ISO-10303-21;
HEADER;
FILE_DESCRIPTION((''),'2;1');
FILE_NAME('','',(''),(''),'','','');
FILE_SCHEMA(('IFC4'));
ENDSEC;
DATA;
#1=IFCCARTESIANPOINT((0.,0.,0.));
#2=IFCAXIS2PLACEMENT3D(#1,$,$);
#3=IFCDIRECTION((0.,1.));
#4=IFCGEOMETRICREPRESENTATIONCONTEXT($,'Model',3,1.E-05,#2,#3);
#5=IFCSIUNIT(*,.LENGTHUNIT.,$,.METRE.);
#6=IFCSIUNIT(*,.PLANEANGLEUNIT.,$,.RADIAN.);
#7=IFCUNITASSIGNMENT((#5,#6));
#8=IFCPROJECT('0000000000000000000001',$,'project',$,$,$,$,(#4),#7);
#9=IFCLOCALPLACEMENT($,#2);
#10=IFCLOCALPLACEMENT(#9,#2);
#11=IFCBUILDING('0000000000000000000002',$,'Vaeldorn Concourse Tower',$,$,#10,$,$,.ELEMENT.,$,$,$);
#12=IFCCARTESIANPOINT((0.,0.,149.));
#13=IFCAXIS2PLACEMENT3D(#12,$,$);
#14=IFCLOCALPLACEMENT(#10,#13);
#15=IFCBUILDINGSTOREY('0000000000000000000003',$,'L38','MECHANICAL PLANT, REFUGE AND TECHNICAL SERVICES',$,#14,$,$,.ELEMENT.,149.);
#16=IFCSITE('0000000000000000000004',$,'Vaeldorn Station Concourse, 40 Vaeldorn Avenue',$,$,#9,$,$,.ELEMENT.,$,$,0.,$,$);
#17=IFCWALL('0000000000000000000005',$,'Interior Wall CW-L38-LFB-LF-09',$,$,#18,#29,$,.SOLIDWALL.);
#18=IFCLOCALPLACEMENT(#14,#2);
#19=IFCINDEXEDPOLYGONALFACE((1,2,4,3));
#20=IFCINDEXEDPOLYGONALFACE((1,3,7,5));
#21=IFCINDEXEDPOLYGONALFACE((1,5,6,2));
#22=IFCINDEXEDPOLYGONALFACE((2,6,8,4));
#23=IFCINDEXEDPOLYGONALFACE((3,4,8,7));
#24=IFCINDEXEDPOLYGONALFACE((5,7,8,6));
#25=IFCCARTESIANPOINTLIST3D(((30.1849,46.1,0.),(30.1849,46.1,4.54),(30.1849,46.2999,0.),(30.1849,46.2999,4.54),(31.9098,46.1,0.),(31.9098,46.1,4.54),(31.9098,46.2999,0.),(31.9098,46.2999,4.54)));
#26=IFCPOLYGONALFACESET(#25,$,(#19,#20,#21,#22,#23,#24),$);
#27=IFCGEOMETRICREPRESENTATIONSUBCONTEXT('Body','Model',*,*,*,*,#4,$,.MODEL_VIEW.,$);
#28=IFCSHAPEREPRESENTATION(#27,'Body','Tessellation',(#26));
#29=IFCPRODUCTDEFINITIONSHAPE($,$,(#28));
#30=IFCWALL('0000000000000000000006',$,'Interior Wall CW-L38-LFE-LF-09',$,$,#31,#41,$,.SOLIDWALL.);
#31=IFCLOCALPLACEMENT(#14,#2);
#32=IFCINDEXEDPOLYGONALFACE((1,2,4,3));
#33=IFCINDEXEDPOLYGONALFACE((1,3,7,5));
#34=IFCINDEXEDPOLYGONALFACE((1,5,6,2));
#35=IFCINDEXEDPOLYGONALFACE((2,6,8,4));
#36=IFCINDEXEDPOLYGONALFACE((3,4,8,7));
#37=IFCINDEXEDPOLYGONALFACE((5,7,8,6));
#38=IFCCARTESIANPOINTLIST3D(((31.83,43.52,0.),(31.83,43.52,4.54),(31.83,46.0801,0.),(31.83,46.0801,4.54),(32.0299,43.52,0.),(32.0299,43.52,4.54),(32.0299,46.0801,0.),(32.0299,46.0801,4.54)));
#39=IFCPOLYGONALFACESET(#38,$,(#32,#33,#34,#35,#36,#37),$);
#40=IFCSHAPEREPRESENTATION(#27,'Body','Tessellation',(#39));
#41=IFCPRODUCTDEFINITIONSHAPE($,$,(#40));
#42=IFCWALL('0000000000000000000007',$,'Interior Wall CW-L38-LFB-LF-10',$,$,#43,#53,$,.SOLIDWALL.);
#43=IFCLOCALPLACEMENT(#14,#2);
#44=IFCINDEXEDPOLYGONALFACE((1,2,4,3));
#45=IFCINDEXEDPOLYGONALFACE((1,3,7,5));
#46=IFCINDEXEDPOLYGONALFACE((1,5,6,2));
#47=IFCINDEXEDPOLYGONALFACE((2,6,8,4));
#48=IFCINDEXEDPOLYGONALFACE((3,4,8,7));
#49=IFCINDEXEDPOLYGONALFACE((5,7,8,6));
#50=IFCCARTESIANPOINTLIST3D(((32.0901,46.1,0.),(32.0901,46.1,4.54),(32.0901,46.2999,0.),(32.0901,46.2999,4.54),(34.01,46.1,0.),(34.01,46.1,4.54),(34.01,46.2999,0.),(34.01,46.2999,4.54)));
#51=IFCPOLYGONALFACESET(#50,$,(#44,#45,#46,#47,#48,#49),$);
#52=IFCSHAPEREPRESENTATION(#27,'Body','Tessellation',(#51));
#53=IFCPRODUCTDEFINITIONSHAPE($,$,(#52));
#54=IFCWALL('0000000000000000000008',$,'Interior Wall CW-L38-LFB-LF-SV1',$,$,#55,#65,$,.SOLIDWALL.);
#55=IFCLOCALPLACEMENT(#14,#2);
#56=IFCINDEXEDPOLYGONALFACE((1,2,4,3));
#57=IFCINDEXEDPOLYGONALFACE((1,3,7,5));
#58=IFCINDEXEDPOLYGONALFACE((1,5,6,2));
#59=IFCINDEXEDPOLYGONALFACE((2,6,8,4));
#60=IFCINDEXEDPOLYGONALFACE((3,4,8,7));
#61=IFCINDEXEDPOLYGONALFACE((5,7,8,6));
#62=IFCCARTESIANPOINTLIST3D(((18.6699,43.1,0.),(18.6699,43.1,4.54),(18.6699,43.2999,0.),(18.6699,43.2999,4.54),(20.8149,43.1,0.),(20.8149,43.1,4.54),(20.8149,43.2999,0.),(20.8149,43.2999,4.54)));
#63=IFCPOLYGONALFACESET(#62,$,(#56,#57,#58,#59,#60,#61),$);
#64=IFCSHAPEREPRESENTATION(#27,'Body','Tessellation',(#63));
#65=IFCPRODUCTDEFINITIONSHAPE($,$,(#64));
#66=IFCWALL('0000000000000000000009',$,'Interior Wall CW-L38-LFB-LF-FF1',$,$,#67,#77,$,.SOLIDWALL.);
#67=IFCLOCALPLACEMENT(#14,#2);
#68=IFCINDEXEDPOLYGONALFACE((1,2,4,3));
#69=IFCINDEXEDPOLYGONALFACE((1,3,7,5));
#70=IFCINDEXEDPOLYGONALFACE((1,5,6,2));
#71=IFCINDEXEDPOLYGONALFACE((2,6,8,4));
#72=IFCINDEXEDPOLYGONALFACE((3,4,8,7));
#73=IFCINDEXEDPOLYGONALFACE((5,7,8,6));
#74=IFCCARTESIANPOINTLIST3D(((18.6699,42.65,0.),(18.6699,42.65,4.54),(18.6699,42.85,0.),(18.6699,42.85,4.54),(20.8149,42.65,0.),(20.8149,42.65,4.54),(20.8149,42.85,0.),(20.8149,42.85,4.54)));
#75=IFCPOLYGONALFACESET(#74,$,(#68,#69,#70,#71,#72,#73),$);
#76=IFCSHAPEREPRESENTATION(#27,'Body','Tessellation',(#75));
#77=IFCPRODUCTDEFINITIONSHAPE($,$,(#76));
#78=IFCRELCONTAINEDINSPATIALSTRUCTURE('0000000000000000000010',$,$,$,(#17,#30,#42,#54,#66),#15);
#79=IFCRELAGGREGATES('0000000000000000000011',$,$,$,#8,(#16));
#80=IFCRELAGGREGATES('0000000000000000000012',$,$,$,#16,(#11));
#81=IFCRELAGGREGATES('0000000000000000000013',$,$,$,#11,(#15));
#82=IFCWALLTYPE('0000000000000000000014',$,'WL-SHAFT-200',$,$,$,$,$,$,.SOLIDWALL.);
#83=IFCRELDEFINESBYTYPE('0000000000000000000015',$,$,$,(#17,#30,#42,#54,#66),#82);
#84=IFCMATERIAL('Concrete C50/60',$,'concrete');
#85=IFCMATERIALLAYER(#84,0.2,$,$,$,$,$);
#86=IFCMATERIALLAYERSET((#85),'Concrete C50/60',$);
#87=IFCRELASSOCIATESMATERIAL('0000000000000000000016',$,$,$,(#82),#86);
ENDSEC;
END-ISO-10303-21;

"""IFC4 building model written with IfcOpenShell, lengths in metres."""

from ifc_helpers import new_model, si_unit, direction, frame, frame_2d, origin, place, context, subcontext, project, spatial, rectangle, extrude, material, layer, layer_set, type_object, element, save


model = new_model("IFC4")

# Units and contexts
model_context = context("Model", 3, precision=1e-05, world=origin(), true_north=direction((0.0, 1.0)))
body_context = subcontext(model_context, "Body", "Model", "MODEL_VIEW")
ifc_project = project(units=[si_unit("LENGTHUNIT", "METRE"), si_unit("PLANEANGLEUNIT", "RADIAN")], contexts=[model_context])

# Site, building, storey
site_placement = place(None, origin())
site = spatial("IfcSite", under=ifc_project, at=site_placement, Name="Vaeldorn Station Concourse, 40 Vaeldorn Avenue", CompositionType="ELEMENT", RefElevation=0.0)
building_placement = place(site_placement, origin())
building = spatial("IfcBuilding", under=site, at=building_placement, Name="Vaeldorn Concourse Tower", CompositionType="ELEMENT")
storey_placement = place(building_placement, frame((0.0, 0.0, 149.0)))
storey = spatial("IfcBuildingStorey", under=building, at=storey_placement, Name="L38", Description="MECHANICAL PLANT, REFUGE AND TECHNICAL SERVICES", CompositionType="ELEMENT", Elevation=149.0)

# Shared definitions
ifc_material_1 = material(Name="Concrete C50/60", Category="concrete")
ifc_layer_1 = layer(ifc_material_1, 0.2)
ifc_layer_set_1 = layer_set([ifc_layer_1], Name="Concrete C50/60")
wall_type_1 = type_object("IfcWallType", Name="WL-SHAFT-200", PredefinedType="SOLIDWALL", material=ifc_layer_set_1)

# Walls
wall_1_placement = place(storey_placement, frame((30.1851, 46.2, 0.0), z_axis=(0.0, 0.0, 1.0), x_axis=(1.0, 0.0, 0.0)))
element("IfcWall", 1, at=wall_1_placement, inside=storey, type_object=wall_type_1, Name="Interior Wall CW-L38-LFB-LF-09", PredefinedType="SOLIDWALL", context=body_context, shape_type="SweptSolid", body=[
    extrude(rectangle(XDim=1.7249, YDim=0.2, at=frame_2d((0.8623, 0.0))), origin(), (0.0, 0.0, 1.0), 4.54),
])
wall_2_placement = place(storey_placement, frame((31.9299, 43.52, 0.0), z_axis=(0.0, 0.0, 1.0), x_axis=(0.0, 1.0, 0.0)))
element("IfcWall", 2, at=wall_2_placement, inside=storey, type_object=wall_type_1, Name="Interior Wall CW-L38-LFE-LF-09", PredefinedType="SOLIDWALL", context=body_context, shape_type="SweptSolid", body=[
    extrude(rectangle(XDim=2.5601, YDim=0.2, at=frame_2d((1.28, 0.0))), origin(), (0.0, 0.0, 1.0), 4.54),
])

# Wall
wall_3_placement = place(storey_placement, frame((32.0901, 46.2, 0.0), z_axis=(0.0, 0.0, 1.0), x_axis=(1.0, 0.0, 0.0)))
element("IfcWall", 3, at=wall_3_placement, inside=storey, type_object=wall_type_1, Name="Interior Wall CW-L38-LFB-LF-10", PredefinedType="SOLIDWALL", context=body_context, shape_type="SweptSolid", body=[
    extrude(rectangle(XDim=1.9199, YDim=0.2, at=frame_2d((0.96, 0.0))), origin(), (0.0, 0.0, 1.0), 4.54),
])

# Walls
for number, where, z_axis, x_axis, name in (
    (4, (18.6699, 43.2, 0.0), (0.0, 0.0, 1.0), (1.0, 0.0, 0.0), "Interior Wall CW-L38-LFB-LF-SV1"),
    (5, (18.6699, 42.75, 0.0), (0.0, 0.0, 1.0), (1.0, 0.0, 0.0), "Interior Wall CW-L38-LFB-LF-FF1"),
):
    element("IfcWall", number, at=place(storey_placement, frame(where, z_axis=z_axis, x_axis=x_axis)), inside=storey, type_object=wall_type_1, Name=name, PredefinedType="SOLIDWALL", context=body_context, shape_type="SweptSolid", body=[
        extrude(rectangle(XDim=2.145, YDim=0.2, at=frame_2d((1.0725, 0.0))), origin(), (0.0, 0.0, 1.0), 4.54),
    ])

save(model, "model.ifc")
